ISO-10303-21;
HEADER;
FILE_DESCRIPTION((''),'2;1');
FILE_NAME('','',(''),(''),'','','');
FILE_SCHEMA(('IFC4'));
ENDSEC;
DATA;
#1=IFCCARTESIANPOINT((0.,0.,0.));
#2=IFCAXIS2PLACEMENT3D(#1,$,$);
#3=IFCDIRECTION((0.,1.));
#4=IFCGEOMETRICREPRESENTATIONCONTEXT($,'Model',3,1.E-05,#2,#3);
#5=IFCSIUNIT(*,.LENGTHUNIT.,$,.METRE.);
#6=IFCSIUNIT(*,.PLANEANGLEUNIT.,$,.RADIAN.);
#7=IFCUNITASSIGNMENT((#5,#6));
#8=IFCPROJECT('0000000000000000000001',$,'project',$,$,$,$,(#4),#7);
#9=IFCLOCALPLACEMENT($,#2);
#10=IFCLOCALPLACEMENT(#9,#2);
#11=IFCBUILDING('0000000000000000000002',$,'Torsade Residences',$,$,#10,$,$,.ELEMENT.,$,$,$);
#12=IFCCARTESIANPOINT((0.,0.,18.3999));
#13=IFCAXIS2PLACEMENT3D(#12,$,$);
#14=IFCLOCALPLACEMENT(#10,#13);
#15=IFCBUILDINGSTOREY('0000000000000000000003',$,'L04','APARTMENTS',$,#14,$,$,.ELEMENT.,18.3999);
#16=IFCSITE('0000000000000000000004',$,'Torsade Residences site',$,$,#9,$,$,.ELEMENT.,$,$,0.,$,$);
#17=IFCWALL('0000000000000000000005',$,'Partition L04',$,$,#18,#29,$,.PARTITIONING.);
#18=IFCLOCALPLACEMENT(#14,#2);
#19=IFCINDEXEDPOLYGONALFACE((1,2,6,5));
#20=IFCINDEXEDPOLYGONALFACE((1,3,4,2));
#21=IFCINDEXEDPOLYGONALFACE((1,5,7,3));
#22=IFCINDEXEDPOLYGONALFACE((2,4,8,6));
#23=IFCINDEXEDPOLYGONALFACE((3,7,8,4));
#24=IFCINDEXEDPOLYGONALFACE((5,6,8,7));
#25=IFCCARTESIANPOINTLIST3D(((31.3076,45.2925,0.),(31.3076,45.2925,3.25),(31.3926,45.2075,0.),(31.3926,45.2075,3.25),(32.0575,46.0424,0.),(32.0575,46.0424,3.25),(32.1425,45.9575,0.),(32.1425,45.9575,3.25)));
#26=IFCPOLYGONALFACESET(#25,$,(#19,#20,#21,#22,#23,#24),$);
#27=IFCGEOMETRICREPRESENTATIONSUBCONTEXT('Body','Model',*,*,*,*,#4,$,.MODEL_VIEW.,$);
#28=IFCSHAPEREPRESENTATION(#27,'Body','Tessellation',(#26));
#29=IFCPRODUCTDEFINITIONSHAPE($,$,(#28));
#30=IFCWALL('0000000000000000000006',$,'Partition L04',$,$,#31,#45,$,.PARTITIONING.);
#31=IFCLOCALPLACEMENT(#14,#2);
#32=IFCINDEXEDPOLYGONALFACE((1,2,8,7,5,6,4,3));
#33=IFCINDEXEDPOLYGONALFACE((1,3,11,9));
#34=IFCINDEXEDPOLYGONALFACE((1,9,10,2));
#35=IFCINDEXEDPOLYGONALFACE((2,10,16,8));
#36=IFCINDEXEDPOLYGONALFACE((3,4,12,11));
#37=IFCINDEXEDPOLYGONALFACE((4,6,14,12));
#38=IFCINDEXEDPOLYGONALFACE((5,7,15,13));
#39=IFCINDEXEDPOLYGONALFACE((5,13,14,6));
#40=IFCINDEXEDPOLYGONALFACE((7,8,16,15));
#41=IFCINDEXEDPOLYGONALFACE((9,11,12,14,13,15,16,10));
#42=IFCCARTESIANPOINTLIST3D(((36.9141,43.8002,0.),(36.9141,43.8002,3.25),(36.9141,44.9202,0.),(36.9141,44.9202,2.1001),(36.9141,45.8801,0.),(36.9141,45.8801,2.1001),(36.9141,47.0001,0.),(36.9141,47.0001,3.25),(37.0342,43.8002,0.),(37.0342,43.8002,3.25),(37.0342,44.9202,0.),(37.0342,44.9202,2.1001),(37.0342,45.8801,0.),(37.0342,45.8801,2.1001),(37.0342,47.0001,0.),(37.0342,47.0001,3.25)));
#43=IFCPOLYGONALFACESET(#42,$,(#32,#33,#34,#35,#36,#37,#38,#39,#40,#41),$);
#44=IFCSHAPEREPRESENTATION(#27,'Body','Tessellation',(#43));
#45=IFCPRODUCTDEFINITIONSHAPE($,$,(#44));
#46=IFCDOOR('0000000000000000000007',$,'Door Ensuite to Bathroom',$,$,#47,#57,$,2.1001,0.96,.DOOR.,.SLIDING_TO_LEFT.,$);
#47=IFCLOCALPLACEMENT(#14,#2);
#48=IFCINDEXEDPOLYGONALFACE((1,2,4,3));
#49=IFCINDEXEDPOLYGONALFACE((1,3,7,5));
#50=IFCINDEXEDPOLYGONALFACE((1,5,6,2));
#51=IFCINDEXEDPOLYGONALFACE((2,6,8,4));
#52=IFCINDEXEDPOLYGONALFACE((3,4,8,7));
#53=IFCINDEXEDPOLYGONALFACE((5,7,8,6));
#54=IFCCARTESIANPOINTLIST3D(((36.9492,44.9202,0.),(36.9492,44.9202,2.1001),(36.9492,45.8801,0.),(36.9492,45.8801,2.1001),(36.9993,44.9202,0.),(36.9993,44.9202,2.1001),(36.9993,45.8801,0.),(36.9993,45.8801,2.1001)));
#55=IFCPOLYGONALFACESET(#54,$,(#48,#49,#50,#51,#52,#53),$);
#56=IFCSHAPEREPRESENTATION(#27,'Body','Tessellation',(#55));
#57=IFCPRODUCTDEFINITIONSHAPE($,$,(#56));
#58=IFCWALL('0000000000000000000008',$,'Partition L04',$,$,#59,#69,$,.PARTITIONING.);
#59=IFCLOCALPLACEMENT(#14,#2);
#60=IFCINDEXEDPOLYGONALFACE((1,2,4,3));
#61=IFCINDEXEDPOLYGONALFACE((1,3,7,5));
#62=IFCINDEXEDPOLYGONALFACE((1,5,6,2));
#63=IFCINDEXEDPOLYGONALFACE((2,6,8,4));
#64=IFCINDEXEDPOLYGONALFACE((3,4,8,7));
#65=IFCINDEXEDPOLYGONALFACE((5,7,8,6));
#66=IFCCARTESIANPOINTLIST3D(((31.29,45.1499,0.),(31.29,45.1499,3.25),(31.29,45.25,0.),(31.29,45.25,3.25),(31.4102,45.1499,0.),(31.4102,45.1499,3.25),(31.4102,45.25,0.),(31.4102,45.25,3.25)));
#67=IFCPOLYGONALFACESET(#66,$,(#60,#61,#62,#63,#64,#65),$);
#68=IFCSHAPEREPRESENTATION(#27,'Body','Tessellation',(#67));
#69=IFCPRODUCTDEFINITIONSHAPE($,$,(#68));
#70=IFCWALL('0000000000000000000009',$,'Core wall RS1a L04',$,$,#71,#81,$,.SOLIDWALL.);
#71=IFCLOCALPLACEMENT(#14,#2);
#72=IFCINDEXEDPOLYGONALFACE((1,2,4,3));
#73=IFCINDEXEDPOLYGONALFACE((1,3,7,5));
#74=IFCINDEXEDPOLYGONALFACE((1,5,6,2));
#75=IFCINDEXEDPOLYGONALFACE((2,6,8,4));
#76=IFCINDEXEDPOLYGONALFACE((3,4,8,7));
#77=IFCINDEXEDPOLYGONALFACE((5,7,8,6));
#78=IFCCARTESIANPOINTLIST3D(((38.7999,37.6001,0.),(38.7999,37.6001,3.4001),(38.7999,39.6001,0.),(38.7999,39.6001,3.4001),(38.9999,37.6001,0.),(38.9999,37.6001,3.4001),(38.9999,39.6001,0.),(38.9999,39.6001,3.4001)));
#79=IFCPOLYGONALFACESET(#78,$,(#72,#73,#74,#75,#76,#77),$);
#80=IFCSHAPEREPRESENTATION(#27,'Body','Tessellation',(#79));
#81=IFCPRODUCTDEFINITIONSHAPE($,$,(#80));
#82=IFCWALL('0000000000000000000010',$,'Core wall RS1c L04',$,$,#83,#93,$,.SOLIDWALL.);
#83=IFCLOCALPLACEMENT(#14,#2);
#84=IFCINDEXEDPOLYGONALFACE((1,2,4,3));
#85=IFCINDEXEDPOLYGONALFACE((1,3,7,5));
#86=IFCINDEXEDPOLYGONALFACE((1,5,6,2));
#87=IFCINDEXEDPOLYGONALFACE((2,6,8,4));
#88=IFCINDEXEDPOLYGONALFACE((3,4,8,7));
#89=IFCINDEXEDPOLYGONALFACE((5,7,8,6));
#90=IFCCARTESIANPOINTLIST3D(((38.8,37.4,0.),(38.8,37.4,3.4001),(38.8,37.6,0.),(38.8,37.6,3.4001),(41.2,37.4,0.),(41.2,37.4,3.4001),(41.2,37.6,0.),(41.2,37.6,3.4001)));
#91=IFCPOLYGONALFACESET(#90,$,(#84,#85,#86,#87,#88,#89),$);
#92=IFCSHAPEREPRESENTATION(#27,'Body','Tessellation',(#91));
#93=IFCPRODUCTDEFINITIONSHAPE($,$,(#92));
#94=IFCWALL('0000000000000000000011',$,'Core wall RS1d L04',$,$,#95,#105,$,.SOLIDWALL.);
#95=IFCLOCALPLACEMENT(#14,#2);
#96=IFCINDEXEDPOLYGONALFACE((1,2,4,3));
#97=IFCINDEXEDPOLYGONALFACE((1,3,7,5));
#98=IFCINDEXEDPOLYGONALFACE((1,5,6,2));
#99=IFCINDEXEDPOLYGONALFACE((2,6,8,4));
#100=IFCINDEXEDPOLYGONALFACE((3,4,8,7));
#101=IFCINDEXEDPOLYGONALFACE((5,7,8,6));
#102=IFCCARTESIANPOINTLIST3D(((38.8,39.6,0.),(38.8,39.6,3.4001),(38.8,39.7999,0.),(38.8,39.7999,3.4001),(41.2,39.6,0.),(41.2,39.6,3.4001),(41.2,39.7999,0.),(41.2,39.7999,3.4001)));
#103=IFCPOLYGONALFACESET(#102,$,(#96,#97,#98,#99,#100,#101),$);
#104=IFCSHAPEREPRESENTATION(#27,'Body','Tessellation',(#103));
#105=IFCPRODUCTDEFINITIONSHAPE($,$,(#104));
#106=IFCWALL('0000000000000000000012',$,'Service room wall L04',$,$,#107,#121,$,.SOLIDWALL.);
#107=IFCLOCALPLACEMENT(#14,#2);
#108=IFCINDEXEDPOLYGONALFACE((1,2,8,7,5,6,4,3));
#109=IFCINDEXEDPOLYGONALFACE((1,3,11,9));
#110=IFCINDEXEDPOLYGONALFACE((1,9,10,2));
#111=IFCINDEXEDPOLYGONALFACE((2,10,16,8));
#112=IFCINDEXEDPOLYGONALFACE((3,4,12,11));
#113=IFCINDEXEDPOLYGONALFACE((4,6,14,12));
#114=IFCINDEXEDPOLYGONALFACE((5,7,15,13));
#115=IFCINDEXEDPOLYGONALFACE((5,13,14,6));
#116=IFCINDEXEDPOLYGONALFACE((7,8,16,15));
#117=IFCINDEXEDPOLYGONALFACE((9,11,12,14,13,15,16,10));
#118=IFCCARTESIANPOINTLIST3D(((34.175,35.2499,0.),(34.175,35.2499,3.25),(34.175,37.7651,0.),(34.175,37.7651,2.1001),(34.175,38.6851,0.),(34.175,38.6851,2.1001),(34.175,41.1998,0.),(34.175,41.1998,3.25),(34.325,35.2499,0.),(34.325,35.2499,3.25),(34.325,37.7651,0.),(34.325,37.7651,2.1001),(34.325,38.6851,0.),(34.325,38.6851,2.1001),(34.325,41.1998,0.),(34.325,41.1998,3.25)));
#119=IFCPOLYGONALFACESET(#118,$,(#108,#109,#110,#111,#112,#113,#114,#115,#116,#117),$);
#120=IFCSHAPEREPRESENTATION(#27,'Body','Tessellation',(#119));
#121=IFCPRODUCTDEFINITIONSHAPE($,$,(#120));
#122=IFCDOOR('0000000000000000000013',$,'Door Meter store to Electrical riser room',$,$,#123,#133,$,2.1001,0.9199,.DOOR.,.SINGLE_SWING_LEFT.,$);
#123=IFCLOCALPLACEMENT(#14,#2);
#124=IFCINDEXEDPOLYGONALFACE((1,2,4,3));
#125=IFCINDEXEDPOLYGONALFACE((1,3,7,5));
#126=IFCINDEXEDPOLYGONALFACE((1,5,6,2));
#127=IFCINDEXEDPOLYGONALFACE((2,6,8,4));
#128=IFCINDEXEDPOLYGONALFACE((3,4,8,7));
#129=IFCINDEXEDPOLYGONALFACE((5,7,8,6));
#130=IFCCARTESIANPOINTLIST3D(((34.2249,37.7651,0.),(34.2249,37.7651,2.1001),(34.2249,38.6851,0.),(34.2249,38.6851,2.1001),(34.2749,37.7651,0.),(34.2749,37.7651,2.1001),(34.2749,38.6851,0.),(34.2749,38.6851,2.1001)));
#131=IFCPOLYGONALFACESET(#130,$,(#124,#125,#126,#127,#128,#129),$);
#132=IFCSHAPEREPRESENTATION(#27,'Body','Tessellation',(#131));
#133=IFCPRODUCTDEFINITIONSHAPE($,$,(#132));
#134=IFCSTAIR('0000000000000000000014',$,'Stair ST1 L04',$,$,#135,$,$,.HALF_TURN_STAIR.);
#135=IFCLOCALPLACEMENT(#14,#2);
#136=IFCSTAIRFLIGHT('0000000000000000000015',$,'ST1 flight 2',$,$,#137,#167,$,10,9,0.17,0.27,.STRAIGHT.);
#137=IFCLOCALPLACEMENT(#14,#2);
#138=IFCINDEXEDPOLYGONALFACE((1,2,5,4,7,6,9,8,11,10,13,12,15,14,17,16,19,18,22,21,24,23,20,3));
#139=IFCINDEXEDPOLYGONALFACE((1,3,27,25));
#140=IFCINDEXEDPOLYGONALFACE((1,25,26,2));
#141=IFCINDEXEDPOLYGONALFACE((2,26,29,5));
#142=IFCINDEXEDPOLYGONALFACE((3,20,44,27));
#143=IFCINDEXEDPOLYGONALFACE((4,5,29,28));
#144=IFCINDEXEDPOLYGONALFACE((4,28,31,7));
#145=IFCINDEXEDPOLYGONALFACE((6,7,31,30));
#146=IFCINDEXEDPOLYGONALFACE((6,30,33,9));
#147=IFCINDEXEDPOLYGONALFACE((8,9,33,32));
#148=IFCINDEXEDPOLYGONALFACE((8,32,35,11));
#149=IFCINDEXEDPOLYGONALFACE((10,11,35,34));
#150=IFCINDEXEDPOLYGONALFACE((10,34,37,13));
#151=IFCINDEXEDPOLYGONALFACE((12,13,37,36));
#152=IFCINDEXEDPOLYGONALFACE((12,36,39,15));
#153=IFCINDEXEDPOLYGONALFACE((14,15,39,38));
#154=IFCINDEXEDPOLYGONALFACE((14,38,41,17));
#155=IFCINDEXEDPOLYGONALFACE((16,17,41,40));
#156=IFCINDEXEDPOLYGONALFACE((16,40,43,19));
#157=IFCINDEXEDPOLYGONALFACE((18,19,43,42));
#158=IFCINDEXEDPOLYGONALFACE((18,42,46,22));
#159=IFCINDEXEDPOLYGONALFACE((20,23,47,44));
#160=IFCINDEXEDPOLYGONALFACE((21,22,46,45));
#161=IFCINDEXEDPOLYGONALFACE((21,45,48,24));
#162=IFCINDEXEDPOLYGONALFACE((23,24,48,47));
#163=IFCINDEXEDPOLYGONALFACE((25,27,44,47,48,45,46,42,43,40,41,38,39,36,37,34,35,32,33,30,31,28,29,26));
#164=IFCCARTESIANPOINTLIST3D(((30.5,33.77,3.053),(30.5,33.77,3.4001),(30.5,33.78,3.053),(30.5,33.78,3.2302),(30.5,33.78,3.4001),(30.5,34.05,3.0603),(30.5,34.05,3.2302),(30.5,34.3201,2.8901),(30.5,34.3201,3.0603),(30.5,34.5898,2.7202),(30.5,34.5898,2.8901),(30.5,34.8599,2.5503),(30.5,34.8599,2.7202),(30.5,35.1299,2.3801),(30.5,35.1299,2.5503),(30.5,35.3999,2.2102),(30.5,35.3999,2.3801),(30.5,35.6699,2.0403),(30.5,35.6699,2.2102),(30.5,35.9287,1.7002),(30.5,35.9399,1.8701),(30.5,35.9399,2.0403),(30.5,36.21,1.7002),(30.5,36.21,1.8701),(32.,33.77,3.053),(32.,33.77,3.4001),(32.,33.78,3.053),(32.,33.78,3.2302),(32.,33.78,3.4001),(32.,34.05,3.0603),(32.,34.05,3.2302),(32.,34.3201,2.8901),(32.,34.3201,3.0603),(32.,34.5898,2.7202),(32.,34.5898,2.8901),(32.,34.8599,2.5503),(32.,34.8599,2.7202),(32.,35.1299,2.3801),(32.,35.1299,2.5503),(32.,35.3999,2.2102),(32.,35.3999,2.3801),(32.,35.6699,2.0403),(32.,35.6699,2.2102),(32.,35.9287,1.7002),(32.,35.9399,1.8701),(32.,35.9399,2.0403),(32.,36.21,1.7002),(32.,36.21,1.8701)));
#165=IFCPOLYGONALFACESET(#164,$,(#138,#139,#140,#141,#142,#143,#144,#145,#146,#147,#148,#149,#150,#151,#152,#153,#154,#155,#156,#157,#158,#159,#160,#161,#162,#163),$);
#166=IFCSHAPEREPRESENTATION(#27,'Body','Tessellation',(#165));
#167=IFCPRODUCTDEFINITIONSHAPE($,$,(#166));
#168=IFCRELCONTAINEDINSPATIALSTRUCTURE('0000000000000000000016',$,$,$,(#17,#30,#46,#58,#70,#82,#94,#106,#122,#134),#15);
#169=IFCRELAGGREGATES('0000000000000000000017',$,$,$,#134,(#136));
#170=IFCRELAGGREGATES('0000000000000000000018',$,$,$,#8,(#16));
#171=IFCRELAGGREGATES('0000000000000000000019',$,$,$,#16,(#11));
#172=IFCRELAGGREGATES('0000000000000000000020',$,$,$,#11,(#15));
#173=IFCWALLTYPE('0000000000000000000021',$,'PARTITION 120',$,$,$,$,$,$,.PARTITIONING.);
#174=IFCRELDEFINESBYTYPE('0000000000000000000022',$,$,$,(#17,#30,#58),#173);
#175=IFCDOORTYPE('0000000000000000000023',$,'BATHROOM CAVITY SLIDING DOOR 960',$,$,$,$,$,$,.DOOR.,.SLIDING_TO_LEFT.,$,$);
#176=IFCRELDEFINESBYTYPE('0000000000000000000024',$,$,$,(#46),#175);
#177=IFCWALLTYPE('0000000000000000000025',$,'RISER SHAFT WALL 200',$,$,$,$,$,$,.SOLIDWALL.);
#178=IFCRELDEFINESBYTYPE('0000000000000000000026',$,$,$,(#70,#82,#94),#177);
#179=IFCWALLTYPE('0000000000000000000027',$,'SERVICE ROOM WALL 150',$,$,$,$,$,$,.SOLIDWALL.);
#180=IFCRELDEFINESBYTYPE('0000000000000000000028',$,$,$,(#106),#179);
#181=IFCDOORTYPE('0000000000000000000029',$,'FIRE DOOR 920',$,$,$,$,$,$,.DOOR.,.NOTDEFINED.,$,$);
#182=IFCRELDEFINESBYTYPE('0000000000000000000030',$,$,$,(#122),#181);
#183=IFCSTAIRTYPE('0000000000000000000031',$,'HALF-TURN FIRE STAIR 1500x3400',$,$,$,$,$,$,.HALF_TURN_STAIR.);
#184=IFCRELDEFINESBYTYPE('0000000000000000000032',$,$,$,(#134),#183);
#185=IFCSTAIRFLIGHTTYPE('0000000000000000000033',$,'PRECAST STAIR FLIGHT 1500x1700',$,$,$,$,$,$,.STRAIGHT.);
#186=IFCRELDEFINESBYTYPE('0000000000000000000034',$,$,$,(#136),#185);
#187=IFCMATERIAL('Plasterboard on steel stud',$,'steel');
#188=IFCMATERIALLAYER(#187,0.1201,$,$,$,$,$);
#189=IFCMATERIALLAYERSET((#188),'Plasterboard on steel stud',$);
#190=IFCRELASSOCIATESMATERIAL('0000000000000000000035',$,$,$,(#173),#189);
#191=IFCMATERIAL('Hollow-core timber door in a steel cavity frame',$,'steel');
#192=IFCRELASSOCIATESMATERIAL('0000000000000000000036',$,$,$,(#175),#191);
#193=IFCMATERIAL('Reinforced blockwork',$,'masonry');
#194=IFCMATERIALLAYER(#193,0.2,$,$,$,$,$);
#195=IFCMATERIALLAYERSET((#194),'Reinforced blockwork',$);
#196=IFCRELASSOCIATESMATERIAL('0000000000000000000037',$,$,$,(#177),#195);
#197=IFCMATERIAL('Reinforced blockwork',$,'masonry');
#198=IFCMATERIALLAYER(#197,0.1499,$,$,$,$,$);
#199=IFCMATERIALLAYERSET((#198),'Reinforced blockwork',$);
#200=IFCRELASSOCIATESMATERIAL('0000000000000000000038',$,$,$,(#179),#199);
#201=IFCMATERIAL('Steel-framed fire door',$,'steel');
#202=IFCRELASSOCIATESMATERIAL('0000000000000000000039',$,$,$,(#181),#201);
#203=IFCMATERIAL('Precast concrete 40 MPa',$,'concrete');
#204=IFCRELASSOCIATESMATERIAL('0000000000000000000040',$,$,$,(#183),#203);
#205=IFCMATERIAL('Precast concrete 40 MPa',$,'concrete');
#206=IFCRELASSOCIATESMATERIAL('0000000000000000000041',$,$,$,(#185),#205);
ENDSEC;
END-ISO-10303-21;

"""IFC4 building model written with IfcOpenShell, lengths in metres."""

from ifc_helpers import new_model, si_unit, direction, frame, frame_2d, origin, place, context, subcontext, project, spatial, polyline, rectangle, outline, extrude, material, layer, layer_set, type_object, element, fill, aggregate, save


model = new_model("IFC4")

# Units and contexts
model_context = context("Model", 3, precision=1e-05, world=origin(), true_north=direction((0.0, 1.0)))
body_context = subcontext(model_context, "Body", "Model", "MODEL_VIEW")
ifc_project = project(units=[si_unit("LENGTHUNIT", "METRE"), si_unit("PLANEANGLEUNIT", "RADIAN")], contexts=[model_context])

# Site, building, storey
site_placement = place(None, origin())
site = spatial("IfcSite", under=ifc_project, at=site_placement, Name="Torsade Residences site", CompositionType="ELEMENT", RefElevation=0.0)
building_placement = place(site_placement, origin())
building = spatial("IfcBuilding", under=site, at=building_placement, Name="Torsade Residences", CompositionType="ELEMENT")
storey_placement = place(building_placement, frame((0.0, 0.0, 18.3999)))
storey = spatial("IfcBuildingStorey", under=building, at=storey_placement, Name="L04", Description="APARTMENTS", CompositionType="ELEMENT", Elevation=18.3999)

# Wall
ifc_material_1 = material(Name="Plasterboard on steel stud", Category="steel")
ifc_layer_1 = layer(ifc_material_1, 0.1201)
ifc_layer_set_1 = layer_set([ifc_layer_1], Name="Plasterboard on steel stud")
wall_type_1 = type_object("IfcWallType", Name="PARTITION 120", PredefinedType="PARTITIONING", material=ifc_layer_set_1)
wall_1_placement = place(storey_placement, frame((31.3501, 45.25, 0.0), z_axis=(0.0, 0.0, 1.0), x_axis=(0.707107, 0.707107, 0.0)))
element("IfcWall", 1, at=wall_1_placement, inside=storey, type_object=wall_type_1, Name="Partition L04", PredefinedType="PARTITIONING", context=body_context, shape_type="SweptSolid", body=[
    extrude(rectangle(XDim=1.0605, YDim=0.1201, at=frame_2d((0.5303, 0.0))), origin(), (0.0, 0.0, 1.0), 3.25),
])

# Wall, opening, door
wall_2_placement = place(storey_placement, frame((36.9741, 43.8, 0.0), z_axis=(0.0, 0.0, 1.0), x_axis=(0.0, 1.0, 0.0)))
wall_2 = element("IfcWall", 2, at=wall_2_placement, inside=storey, type_object=wall_type_1, Name="Partition L04", PredefinedType="PARTITIONING", context=body_context, shape_type="SweptSolid", body=[
    extrude(rectangle(XDim=3.2, YDim=0.1201, at=frame_2d((1.6001, 0.0))), origin(), (0.0, 0.0, 1.0), 3.25),
])
opening_1_placement = place(wall_2_placement, frame((1.1201, 0.0, 0.0)))
opening_1 = element("IfcOpeningElement", 3, at=opening_1_placement, cuts=wall_2, PredefinedType="OPENING", context=body_context, shape_type="SweptSolid", body=[
    extrude(rectangle(XDim=0.96, YDim=2.1001, at=frame_2d((0.48, 1.05))), frame((0.0, 0.0701, 0.0), z_axis=(0.0, -1.0, 0.0), x_axis=(1.0, 0.0, 0.0)), (0.0, 0.0, 1.0), 0.1401),
])
ifc_material_2 = material(Name="Hollow-core timber door in a steel cavity frame", Category="steel")
door_type_1 = type_object("IfcDoorType", Name="BATHROOM CAVITY SLIDING DOOR 960", OperationType="SLIDING_TO_LEFT", PredefinedType="DOOR", material=ifc_material_2)
door_1_placement = place(opening_1_placement, origin())
door_1 = element("IfcDoor", 4, at=door_1_placement, inside=storey, type_object=door_type_1, Name="Door Ensuite to Bathroom", OperationType="SLIDING_TO_LEFT", OverallHeight=2.1001, OverallWidth=0.96, PredefinedType="DOOR", context=body_context, shape_type="SweptSolid", body=[
    extrude(rectangle(XDim=0.96, YDim=2.1001, at=frame_2d((0.48, 1.05))), frame((0.0, 0.0249, 0.0), z_axis=(0.0, -1.0, 0.0), x_axis=(1.0, 0.0, 0.0)), (0.0, 0.0, 1.0), 0.05),
])
fill(opening_1, door_1)

# Walls
wall_3_placement = place(storey_placement, frame((31.3501, 45.1499, 0.0), z_axis=(0.0, 0.0, 1.0), x_axis=(0.0, 1.0, 0.0)))
element("IfcWall", 5, at=wall_3_placement, inside=storey, type_object=wall_type_1, Name="Partition L04", PredefinedType="PARTITIONING", context=body_context, shape_type="SweptSolid", body=[
    extrude(rectangle(XDim=0.1001, YDim=0.1201, at=frame_2d((0.05, 0.0))), origin(), (0.0, 0.0, 1.0), 3.25),
])
ifc_material_3 = material(Name="Reinforced blockwork", Category="masonry")
ifc_layer_2 = layer(ifc_material_3, 0.2)
ifc_layer_set_2 = layer_set([ifc_layer_2], Name="Reinforced blockwork")
wall_type_2 = type_object("IfcWallType", Name="RISER SHAFT WALL 200", PredefinedType="SOLIDWALL", material=ifc_layer_set_2)
wall_4_placement = place(storey_placement, frame((38.8999, 37.6001, 0.0), z_axis=(0.0, 0.0, 1.0), x_axis=(0.0, 1.0, 0.0)))
element("IfcWall", 6, at=wall_4_placement, inside=storey, type_object=wall_type_2, Name="Core wall RS1a L04", PredefinedType="SOLIDWALL", context=body_context, shape_type="SweptSolid", body=[
    extrude(rectangle(XDim=2.0, YDim=0.2, at=frame_2d((1.0, 0.0))), origin(), (0.0, 0.0, 1.0), 3.4001),
])
for number, where, z_axis, x_axis, name in (
    (7, (38.8, 37.5, 0.0), (0.0, 0.0, 1.0), (1.0, 0.0, 0.0), "Core wall RS1c L04"),
    (8, (38.8, 39.7, 0.0), (0.0, 0.0, 1.0), (1.0, 0.0, 0.0), "Core wall RS1d L04"),
):
    element("IfcWall", number, at=place(storey_placement, frame(where, z_axis=z_axis, x_axis=x_axis)), inside=storey, type_object=wall_type_2, Name=name, PredefinedType="SOLIDWALL", context=body_context, shape_type="SweptSolid", body=[
        extrude(rectangle(XDim=2.3999, YDim=0.2, at=frame_2d((1.2, 0.0))), origin(), (0.0, 0.0, 1.0), 3.4001),
    ])

# Wall, opening, door
ifc_material_4 = material(Name="Reinforced blockwork", Category="masonry")
ifc_layer_3 = layer(ifc_material_4, 0.1499)
ifc_layer_set_3 = layer_set([ifc_layer_3], Name="Reinforced blockwork")
wall_type_3 = type_object("IfcWallType", Name="SERVICE ROOM WALL 150", PredefinedType="SOLIDWALL", material=ifc_layer_set_3)
wall_5_placement = place(storey_placement, frame((34.25, 41.2, 0.0), z_axis=(0.0, 0.0, 1.0), x_axis=(0.0, -1.0, 0.0)))
wall_5 = element("IfcWall", 9, at=wall_5_placement, inside=storey, type_object=wall_type_3, Name="Service room wall L04", PredefinedType="SOLIDWALL", context=body_context, shape_type="SweptSolid", body=[
    extrude(rectangle(XDim=5.95, YDim=0.1499, at=frame_2d((2.9751, 0.0))), origin(), (0.0, 0.0, 1.0), 3.25),
])
opening_2_placement = place(wall_5_placement, frame((2.5149, 0.0, 0.0)))
opening_2 = element("IfcOpeningElement", 10, at=opening_2_placement, cuts=wall_5, PredefinedType="OPENING", context=body_context, shape_type="SweptSolid", body=[
    extrude(rectangle(XDim=0.9199, YDim=2.1001, at=frame_2d((0.46, 1.05))), frame((0.0, 0.085, 0.0), z_axis=(0.0, -1.0, 0.0), x_axis=(1.0, 0.0, 0.0)), (0.0, 0.0, 1.0), 0.1699),
])
ifc_material_5 = material(Name="Steel-framed fire door", Category="steel")
door_type_2 = type_object("IfcDoorType", Name="FIRE DOOR 920", OperationType="NOTDEFINED", PredefinedType="DOOR", material=ifc_material_5)
door_2_placement = place(opening_2_placement, origin())
door_2 = element("IfcDoor", 11, at=door_2_placement, inside=storey, type_object=door_type_2, Name="Door Meter store to Electrical riser room", OperationType="SINGLE_SWING_LEFT", OverallHeight=2.1001, OverallWidth=0.9199, PredefinedType="DOOR", context=body_context, shape_type="SweptSolid", body=[
    extrude(rectangle(XDim=0.9199, YDim=2.1001, at=frame_2d((0.46, 1.05))), frame((0.0, 0.0249, 0.0), z_axis=(0.0, -1.0, 0.0), x_axis=(1.0, 0.0, 0.0)), (0.0, 0.0, 1.0), 0.05),
])
fill(opening_2, door_2)

# Stair, stair flight
ifc_material_6 = material(Name="Precast concrete 40 MPa", Category="concrete")
stair_type = type_object("IfcStairType", Name="HALF-TURN FIRE STAIR 1500x3400", PredefinedType="HALF_TURN_STAIR", material=ifc_material_6)
stair_placement = place(storey_placement, origin())
stair = element("IfcStair", 12, at=stair_placement, inside=storey, type_object=stair_type, Name="Stair ST1 L04", PredefinedType="HALF_TURN_STAIR")
ifc_material_7 = material(Name="Precast concrete 40 MPa", Category="concrete")
stair_flight_type = type_object("IfcStairFlightType", Name="PRECAST STAIR FLIGHT 1500x1700", PredefinedType="STRAIGHT", material=ifc_material_7)
stair_flight_placement = place(storey_placement, frame((31.25, 36.21, 1.7002), z_axis=(0.0, 0.0, 1.0), x_axis=(0.0, -1.0, 0.0)))
stair_flight = element("IfcStairFlight", 13, at=stair_flight_placement, type_object=stair_flight_type, Name="ST1 flight 2", NumberOfRisers=10, NumberOfTreads=9, PredefinedType="STRAIGHT", RiserHeight=0.17, TreadLength=0.27, context=body_context, shape_type="SweptSolid", body=[
    extrude(outline(polyline([(0.0, 0.0), (0.0, 0.1699), (0.27, 0.1699), (0.27, 0.3401), (0.54, 0.3401), (0.54, 0.51), (0.8101, 0.51), (0.8101, 0.6799), (1.0801, 0.6799), (1.0801, 0.8501), (1.3501, 0.8501), (1.3501, 1.02), (1.6201, 1.02), (1.6201, 1.1899), (1.8899, 1.1899), (1.8899, 1.3601), (2.1599, 1.3601), (2.1599, 1.53), (2.4299, 1.53), (2.4299, 1.7), (2.4399, 1.7), (2.4399, 1.3528), (2.4299, 1.3528), (0.2812, 0.0), (0.0, 0.0)])), frame((0.0, 0.75, 0.0), z_axis=(0.0, -1.0, 0.0), x_axis=(1.0, 0.0, 0.0)), (0.0, 0.0, 1.0), 1.5),
])
aggregate(stair, [stair_flight])

save(model, "model.ifc")
